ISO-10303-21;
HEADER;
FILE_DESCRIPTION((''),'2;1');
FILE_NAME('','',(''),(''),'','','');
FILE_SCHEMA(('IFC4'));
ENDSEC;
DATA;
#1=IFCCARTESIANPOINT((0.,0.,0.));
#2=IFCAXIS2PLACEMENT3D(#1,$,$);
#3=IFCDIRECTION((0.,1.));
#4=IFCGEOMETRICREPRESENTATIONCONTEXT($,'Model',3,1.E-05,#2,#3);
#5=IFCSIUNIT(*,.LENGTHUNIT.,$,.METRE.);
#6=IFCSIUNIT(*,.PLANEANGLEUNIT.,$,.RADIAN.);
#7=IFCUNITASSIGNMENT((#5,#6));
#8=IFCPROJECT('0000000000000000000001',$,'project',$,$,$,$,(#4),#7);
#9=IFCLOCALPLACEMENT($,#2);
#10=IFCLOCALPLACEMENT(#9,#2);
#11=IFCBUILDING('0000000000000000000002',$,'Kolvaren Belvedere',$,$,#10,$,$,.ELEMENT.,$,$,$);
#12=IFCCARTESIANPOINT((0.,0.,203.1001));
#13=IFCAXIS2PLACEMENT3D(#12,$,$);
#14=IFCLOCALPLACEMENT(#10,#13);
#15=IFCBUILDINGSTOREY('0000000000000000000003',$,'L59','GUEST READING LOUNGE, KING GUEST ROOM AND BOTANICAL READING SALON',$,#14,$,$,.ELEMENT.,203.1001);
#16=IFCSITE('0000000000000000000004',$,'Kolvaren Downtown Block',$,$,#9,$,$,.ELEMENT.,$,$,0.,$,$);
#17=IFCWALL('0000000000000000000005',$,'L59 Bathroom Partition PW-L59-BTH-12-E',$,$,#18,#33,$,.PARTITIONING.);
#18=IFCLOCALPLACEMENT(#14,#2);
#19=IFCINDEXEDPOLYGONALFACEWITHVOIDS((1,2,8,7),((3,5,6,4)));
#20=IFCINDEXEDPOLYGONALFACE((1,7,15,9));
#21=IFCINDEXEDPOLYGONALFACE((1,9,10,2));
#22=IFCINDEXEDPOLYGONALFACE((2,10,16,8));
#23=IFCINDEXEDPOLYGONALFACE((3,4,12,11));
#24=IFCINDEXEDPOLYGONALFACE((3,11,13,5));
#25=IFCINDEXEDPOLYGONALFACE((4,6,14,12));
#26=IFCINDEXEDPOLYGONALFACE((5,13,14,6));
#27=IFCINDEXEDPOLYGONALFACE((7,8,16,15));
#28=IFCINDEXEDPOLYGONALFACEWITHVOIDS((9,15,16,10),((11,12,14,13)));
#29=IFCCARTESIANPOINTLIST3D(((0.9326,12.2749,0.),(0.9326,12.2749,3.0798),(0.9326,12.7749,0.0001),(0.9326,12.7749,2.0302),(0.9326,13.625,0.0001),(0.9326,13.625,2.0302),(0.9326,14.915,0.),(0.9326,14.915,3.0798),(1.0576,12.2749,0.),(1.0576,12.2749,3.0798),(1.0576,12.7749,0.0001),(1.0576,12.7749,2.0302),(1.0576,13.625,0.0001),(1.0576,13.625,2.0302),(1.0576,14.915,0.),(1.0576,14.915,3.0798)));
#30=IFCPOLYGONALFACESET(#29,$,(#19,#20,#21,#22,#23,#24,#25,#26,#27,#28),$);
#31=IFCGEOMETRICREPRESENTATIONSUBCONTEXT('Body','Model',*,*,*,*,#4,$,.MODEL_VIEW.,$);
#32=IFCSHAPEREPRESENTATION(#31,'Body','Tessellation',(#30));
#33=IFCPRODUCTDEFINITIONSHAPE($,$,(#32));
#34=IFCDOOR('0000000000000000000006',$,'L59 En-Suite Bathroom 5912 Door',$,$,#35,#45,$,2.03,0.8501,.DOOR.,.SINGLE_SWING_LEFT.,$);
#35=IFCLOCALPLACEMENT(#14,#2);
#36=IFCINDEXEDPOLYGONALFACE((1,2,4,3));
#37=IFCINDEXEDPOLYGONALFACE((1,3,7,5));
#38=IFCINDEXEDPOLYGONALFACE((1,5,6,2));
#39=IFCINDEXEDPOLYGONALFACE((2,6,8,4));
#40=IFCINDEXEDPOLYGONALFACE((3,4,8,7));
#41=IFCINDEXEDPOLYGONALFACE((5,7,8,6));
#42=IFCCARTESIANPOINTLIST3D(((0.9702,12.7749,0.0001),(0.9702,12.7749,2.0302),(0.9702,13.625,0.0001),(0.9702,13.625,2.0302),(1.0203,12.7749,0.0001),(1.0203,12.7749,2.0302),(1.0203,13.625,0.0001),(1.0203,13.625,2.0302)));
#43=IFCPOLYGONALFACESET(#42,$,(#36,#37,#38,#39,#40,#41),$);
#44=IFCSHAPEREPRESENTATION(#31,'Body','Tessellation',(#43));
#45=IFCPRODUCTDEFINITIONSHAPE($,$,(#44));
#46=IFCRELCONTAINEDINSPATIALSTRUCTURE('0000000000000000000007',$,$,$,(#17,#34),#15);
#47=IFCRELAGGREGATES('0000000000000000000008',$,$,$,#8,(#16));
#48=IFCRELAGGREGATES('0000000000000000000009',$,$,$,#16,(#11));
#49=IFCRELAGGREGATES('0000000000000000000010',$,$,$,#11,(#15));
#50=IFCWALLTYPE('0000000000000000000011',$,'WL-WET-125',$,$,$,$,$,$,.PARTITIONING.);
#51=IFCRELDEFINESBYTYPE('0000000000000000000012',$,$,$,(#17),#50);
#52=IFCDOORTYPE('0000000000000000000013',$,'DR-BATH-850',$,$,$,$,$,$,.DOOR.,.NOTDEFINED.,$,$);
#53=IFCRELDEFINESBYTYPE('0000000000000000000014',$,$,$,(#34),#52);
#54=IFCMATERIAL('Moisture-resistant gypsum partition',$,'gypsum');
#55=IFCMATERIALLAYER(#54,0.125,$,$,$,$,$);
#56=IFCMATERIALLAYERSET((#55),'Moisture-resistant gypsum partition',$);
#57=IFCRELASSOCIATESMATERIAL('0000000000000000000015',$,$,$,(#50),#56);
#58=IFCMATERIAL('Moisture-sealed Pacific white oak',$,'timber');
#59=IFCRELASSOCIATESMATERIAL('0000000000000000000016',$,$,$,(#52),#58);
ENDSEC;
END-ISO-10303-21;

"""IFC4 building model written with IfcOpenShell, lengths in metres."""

from ifc_helpers import new_model, si_unit, direction, frame, frame_2d, origin, place, context, subcontext, project, spatial, rectangle, extrude, material, layer, layer_set, type_object, element, fill, save


model = new_model("IFC4")

# Units and contexts
model_context = context("Model", 3, precision=1e-05, world=origin(), true_north=direction((0.0, 1.0)))
body_context = subcontext(model_context, "Body", "Model", "MODEL_VIEW")
ifc_project = project(units=[si_unit("LENGTHUNIT", "METRE"), si_unit("PLANEANGLEUNIT", "RADIAN")], contexts=[model_context])

# Site, building, storey
site_placement = place(None, origin())
site = spatial("IfcSite", under=ifc_project, at=site_placement, Name="Kolvaren Downtown Block", CompositionType="ELEMENT", RefElevation=0.0)
building_placement = place(site_placement, origin())
building = spatial("IfcBuilding", under=site, at=building_placement, Name="Kolvaren Belvedere", CompositionType="ELEMENT")
storey_placement = place(building_placement, frame((0.0, 0.0, 203.1001)))
storey = spatial("IfcBuildingStorey", under=building, at=storey_placement, Name="L59", Description="GUEST READING LOUNGE, KING GUEST ROOM AND BOTANICAL READING SALON", CompositionType="ELEMENT", Elevation=203.1001)

# Wall, opening, door
ifc_material_1 = material(Name="Moisture-resistant gypsum partition", Category="gypsum")
ifc_layer_1 = layer(ifc_material_1, 0.125)
ifc_layer_set_1 = layer_set([ifc_layer_1], Name="Moisture-resistant gypsum partition")
wall_type_1 = type_object("IfcWallType", Name="WL-WET-125", PredefinedType="PARTITIONING", material=ifc_layer_set_1)
wall_1_placement = place(storey_placement, frame((0.9951, 12.2749, 0.0), z_axis=(0.0, 0.0, 1.0), x_axis=(0.0, 1.0, 0.0)))
wall_1 = element("IfcWall", 1, at=wall_1_placement, inside=storey, type_object=wall_type_1, Name="L59 Bathroom Partition PW-L59-BTH-12-E", PredefinedType="PARTITIONING", context=body_context, shape_type="SweptSolid", body=[
    extrude(rectangle(XDim=2.6401, YDim=0.125, at=frame_2d((1.3201, 0.0))), origin(), (0.0, 0.0, 1.0), 3.0798),
])
opening_1_placement = place(wall_1_placement, frame((0.5, 0.0, 0.0)))
opening_1 = element("IfcOpeningElement", 2, at=opening_1_placement, cuts=wall_1, PredefinedType="OPENING", context=body_context, shape_type="SweptSolid", body=[
    extrude(rectangle(XDim=0.8501, YDim=2.03, at=frame_2d((0.425, 1.0151))), frame((0.0, 0.0725, 0.0), z_axis=(0.0, -1.0, 0.0), x_axis=(1.0, 0.0, 0.0)), (0.0, 0.0, 1.0), 0.145),
])
ifc_material_2 = material(Name="Moisture-sealed Pacific white oak", Category="timber")
door_type_1 = type_object("IfcDoorType", Name="DR-BATH-850", OperationType="NOTDEFINED", PredefinedType="DOOR", material=ifc_material_2)
door_1_placement = place(opening_1_placement, origin())
door_1 = element("IfcDoor", 3, at=door_1_placement, inside=storey, type_object=door_type_1, Name="L59 En-Suite Bathroom 5912 Door", OperationType="SINGLE_SWING_LEFT", OverallHeight=2.03, OverallWidth=0.8501, PredefinedType="DOOR", context=body_context, shape_type="SweptSolid", body=[
    extrude(rectangle(XDim=0.8501, YDim=2.03, at=frame_2d((0.425, 1.0151))), frame((0.0, 0.0249, 0.0), z_axis=(0.0, -1.0, 0.0), x_axis=(1.0, 0.0, 0.0)), (0.0, 0.0, 1.0), 0.05),
])
fill(opening_1, door_1)

save(model, "model.ifc")
